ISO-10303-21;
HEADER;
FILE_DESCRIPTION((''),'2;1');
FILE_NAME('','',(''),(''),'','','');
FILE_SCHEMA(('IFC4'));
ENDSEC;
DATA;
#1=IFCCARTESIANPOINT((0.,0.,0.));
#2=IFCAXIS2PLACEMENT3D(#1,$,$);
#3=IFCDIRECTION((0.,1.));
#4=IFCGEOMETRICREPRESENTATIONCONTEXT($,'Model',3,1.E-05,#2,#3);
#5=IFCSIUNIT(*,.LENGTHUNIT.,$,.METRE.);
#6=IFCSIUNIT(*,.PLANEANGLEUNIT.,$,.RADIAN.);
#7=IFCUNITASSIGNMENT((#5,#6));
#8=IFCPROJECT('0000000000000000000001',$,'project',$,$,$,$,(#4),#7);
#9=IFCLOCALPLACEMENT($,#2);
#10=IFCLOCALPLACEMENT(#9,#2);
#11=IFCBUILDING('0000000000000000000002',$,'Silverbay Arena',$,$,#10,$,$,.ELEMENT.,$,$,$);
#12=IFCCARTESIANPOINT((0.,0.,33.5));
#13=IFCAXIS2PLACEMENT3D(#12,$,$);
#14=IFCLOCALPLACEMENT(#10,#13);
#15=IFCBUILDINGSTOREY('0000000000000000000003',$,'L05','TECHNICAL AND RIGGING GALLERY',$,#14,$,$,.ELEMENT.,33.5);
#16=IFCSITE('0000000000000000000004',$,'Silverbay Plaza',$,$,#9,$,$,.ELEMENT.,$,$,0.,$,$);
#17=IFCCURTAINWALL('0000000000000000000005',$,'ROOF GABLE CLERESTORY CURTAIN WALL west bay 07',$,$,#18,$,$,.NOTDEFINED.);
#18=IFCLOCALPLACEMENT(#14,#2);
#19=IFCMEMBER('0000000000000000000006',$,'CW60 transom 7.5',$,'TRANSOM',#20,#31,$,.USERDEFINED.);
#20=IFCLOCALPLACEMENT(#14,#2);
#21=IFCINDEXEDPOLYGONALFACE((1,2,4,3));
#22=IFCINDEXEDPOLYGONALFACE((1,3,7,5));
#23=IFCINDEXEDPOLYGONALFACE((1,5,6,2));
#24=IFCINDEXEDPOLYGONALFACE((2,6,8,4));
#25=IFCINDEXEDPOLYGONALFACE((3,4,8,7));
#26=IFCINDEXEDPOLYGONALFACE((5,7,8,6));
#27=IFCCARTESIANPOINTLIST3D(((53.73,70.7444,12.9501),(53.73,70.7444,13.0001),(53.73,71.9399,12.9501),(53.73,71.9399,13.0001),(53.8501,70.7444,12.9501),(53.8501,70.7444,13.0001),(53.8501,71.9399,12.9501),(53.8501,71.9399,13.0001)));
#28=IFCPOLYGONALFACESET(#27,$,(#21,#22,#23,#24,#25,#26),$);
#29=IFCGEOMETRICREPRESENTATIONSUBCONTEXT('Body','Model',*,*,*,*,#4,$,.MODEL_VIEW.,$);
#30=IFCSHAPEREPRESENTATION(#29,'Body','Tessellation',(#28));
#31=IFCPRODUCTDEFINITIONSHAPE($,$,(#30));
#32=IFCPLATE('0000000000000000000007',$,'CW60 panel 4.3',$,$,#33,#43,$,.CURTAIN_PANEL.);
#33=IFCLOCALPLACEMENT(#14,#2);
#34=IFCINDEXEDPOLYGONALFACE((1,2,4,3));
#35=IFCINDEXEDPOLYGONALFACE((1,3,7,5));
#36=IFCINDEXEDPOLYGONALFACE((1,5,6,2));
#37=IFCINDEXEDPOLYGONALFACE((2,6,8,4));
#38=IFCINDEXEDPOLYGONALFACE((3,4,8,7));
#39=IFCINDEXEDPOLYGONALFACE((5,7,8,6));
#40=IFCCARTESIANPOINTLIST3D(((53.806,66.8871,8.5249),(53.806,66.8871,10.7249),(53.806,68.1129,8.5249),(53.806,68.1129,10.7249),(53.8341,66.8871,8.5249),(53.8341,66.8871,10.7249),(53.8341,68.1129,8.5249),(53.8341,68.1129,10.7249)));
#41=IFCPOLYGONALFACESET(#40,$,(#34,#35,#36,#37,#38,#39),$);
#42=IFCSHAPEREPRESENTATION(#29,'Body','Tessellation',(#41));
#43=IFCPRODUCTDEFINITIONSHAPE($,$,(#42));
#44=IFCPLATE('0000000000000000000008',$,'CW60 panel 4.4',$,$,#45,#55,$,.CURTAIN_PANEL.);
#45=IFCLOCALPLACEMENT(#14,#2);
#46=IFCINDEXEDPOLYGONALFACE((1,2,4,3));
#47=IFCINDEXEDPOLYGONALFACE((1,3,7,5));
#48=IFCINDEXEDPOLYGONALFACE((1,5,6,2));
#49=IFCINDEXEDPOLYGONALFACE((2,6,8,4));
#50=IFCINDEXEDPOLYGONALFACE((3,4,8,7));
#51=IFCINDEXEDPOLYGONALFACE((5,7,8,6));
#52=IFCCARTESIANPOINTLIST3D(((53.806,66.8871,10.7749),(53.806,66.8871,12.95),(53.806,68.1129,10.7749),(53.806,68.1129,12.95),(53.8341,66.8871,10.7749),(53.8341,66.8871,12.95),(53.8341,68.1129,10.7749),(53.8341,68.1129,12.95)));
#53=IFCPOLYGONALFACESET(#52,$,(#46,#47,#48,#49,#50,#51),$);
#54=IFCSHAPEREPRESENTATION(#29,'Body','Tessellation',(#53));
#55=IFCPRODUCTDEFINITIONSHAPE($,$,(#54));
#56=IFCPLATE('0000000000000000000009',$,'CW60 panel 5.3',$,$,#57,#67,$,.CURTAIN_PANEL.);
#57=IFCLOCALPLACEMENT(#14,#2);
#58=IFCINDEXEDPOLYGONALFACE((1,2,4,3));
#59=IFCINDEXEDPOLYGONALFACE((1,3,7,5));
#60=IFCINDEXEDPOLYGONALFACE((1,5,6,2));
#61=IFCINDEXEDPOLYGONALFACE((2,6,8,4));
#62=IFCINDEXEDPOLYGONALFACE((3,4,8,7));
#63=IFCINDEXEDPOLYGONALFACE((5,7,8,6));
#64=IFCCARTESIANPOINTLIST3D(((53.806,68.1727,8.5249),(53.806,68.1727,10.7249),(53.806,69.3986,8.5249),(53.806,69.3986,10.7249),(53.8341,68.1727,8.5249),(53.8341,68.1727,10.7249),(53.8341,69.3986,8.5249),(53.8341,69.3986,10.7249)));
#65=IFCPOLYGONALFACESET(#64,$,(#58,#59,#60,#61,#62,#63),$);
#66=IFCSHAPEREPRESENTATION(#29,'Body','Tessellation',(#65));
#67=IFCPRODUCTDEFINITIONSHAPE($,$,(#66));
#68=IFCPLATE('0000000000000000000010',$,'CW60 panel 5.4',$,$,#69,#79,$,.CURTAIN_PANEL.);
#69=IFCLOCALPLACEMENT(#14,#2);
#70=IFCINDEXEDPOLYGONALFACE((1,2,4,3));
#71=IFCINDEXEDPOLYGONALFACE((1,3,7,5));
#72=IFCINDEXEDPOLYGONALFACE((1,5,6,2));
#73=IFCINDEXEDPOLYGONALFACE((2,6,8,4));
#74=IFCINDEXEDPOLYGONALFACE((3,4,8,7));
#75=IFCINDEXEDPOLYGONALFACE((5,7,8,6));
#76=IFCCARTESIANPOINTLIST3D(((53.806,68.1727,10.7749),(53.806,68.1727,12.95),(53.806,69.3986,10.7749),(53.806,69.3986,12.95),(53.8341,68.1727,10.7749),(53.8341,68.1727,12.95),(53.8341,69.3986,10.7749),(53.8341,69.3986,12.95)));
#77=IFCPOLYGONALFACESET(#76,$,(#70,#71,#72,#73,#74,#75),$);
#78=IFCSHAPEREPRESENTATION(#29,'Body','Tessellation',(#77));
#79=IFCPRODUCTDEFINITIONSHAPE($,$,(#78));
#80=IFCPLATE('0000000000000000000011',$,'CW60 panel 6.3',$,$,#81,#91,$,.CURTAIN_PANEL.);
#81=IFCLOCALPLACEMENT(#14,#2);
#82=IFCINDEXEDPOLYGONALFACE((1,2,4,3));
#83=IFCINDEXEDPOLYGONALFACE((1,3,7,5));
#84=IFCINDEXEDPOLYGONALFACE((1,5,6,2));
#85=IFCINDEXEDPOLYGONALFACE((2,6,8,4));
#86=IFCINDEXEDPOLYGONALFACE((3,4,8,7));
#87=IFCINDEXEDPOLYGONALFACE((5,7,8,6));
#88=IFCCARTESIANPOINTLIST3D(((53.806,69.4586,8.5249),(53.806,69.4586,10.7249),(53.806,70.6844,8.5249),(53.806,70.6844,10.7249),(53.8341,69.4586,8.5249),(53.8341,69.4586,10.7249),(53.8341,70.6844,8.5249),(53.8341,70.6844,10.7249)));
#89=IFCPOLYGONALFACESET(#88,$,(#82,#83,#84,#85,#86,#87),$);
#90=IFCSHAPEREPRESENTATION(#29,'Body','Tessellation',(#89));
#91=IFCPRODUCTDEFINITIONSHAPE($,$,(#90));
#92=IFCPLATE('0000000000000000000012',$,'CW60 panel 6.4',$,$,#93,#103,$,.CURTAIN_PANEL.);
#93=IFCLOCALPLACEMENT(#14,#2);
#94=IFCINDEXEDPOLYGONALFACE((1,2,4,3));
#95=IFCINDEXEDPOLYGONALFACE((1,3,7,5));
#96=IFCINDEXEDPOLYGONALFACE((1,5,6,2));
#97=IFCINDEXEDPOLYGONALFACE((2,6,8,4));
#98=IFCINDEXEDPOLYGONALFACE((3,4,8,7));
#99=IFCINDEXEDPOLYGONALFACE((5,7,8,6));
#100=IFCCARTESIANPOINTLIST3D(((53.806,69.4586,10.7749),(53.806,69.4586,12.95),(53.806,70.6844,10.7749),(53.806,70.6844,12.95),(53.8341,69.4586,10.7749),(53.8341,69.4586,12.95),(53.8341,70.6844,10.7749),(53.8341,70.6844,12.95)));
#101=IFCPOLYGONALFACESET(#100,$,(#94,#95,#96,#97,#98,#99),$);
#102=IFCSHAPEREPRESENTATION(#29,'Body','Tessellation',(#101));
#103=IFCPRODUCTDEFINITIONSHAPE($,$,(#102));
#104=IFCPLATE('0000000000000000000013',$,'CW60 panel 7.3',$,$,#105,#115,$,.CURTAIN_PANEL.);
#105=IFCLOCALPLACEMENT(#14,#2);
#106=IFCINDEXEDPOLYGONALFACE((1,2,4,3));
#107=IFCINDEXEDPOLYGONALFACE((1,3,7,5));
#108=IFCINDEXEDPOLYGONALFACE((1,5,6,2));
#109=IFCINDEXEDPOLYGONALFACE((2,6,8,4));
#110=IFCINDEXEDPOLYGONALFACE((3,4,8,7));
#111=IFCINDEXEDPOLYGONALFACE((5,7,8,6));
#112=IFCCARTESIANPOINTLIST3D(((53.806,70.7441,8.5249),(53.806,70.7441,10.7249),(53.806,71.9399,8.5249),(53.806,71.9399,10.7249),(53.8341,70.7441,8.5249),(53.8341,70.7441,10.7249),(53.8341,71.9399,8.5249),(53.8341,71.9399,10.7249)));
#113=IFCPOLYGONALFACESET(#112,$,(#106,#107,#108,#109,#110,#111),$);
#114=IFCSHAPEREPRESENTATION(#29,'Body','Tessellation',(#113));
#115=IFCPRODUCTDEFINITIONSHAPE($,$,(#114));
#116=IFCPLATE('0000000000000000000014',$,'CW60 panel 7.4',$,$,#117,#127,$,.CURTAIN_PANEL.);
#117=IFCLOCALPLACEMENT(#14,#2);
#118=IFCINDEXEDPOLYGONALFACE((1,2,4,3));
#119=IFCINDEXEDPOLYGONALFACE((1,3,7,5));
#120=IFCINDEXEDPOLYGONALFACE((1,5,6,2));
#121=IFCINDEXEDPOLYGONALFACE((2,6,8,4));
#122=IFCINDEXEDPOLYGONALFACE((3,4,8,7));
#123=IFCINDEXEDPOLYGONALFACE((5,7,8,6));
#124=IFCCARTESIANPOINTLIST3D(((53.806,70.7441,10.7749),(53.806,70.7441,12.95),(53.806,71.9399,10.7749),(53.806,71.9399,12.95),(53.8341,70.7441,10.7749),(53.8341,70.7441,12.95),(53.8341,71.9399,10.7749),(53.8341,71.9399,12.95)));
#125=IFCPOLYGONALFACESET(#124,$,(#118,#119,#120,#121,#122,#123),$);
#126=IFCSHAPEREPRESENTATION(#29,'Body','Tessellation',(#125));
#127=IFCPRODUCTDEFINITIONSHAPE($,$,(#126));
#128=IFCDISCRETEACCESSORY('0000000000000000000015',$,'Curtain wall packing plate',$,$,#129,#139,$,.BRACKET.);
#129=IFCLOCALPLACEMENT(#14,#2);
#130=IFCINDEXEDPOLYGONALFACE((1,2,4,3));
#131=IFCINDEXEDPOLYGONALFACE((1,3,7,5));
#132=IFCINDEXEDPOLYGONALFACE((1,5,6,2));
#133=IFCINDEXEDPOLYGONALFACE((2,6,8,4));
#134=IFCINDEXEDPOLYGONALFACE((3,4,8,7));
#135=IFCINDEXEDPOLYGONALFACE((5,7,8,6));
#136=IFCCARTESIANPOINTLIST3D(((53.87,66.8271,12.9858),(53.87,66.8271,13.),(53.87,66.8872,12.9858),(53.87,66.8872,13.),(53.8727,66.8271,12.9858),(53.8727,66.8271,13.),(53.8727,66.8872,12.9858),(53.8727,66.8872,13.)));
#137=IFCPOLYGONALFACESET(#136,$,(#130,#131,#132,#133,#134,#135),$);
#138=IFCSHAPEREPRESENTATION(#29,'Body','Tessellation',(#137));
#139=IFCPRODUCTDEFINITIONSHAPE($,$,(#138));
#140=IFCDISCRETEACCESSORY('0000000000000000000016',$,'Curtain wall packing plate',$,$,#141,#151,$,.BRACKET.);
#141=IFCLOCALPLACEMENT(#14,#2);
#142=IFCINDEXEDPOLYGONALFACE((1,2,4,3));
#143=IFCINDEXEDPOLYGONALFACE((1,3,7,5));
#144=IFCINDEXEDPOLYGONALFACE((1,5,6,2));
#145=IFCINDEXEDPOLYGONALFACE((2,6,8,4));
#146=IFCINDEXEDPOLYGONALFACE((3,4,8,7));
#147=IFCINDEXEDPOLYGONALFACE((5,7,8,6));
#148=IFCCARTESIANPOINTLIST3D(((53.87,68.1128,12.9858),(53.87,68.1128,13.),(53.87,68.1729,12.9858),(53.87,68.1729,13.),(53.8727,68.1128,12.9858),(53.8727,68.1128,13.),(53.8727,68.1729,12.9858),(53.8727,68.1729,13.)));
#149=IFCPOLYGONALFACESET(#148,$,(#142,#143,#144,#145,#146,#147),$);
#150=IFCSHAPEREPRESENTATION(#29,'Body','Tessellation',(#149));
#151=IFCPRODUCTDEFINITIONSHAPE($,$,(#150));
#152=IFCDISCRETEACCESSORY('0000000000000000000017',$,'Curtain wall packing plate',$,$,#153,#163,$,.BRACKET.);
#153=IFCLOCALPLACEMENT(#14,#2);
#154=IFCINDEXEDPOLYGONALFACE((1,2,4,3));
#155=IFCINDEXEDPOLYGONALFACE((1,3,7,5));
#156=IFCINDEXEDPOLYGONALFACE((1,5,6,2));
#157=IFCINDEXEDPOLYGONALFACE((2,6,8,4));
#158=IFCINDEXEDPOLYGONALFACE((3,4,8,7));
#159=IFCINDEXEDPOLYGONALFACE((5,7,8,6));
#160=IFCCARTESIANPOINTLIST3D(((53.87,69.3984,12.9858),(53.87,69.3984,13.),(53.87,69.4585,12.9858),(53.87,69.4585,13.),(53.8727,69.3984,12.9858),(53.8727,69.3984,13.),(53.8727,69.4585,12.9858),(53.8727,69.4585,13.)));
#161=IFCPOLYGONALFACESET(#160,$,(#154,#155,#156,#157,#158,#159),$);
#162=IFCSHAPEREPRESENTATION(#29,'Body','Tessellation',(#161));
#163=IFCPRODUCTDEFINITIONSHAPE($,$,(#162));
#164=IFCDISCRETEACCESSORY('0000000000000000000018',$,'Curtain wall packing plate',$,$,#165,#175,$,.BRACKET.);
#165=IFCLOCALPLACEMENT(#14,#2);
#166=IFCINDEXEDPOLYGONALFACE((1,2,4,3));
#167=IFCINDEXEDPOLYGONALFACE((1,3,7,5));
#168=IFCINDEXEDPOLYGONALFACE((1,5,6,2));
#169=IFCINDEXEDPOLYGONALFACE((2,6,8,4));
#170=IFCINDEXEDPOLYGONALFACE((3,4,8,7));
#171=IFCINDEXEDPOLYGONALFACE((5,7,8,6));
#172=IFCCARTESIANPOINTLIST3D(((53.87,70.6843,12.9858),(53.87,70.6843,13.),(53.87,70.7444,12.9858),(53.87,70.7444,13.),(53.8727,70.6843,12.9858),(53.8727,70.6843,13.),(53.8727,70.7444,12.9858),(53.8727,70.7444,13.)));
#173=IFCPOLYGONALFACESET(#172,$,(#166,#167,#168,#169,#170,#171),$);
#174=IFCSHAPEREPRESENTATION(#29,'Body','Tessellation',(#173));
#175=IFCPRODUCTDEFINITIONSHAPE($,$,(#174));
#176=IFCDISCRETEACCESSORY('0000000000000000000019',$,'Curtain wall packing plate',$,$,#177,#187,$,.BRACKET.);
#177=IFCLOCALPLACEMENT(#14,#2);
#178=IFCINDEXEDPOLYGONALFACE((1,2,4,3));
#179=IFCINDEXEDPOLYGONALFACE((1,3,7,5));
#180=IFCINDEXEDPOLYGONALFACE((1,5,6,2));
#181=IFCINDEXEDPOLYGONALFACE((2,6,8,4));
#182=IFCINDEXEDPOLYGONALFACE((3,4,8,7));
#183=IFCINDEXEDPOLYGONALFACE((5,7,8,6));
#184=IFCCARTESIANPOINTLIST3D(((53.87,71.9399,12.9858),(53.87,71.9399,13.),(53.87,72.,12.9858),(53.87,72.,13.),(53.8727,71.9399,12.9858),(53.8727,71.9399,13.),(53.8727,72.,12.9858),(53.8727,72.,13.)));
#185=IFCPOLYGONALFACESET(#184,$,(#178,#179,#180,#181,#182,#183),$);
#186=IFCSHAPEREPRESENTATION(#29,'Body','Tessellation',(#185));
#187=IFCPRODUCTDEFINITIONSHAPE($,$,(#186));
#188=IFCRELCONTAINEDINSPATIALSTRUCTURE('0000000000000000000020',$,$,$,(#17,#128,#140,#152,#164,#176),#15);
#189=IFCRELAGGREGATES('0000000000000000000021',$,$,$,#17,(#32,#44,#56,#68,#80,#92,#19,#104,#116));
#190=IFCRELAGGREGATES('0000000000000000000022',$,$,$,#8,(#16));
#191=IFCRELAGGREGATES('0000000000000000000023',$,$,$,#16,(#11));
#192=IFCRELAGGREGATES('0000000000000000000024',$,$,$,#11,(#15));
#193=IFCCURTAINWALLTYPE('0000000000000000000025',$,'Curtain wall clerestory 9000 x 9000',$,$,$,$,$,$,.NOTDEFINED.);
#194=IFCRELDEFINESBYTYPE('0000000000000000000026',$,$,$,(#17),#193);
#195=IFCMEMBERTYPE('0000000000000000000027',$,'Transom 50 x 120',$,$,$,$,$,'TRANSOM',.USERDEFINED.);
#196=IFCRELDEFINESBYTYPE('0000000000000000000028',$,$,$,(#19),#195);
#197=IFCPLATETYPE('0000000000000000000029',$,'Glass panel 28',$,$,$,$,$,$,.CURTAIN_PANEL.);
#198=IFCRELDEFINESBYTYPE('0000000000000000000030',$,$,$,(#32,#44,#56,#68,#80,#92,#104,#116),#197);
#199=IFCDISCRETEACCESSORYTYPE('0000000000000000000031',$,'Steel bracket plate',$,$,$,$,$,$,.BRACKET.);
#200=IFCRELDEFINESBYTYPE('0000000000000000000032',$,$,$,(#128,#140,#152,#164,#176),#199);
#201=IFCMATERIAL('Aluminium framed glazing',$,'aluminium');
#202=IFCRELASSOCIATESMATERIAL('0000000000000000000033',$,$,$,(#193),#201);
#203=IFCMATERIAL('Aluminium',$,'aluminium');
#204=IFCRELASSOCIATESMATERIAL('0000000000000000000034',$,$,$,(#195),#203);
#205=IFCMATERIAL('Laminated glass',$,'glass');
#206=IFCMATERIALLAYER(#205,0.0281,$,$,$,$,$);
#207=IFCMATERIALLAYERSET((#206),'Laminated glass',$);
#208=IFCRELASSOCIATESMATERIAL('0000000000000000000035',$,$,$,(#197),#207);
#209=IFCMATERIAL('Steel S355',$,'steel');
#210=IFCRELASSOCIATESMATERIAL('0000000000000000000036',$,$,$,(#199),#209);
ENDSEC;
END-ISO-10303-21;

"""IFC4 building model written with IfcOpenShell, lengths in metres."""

from ifc_helpers import new_model, si_unit, direction, frame, origin, origin_2d, place, context, subcontext, project, spatial, rectangle, extrude, material, layer, layer_set, material_profile, profile_set, type_object, element, aggregate, save


model = new_model("IFC4")

# Units and contexts
model_context = context("Model", 3, precision=1e-05, world=origin(), true_north=direction((0.0, 1.0)))
body_context = subcontext(model_context, "Body", "Model", "MODEL_VIEW")
ifc_project = project(units=[si_unit("LENGTHUNIT", "METRE"), si_unit("PLANEANGLEUNIT", "RADIAN")], contexts=[model_context])

# Site, building, storey
site_placement = place(None, origin())
site = spatial("IfcSite", under=ifc_project, at=site_placement, Name="Silverbay Plaza", CompositionType="ELEMENT", RefElevation=0.0)
building_placement = place(site_placement, origin())
building = spatial("IfcBuilding", under=site, at=building_placement, Name="Silverbay Arena", CompositionType="ELEMENT")
storey_placement = place(building_placement, frame((0.0, 0.0, 33.5)))
storey = spatial("IfcBuildingStorey", under=building, at=storey_placement, Name="L05", Description="TECHNICAL AND RIGGING GALLERY", CompositionType="ELEMENT", Elevation=33.5)

# Curtain wall, member, plates
ifc_material_1 = material(Name="Aluminium framed glazing", Category="aluminium")
curtain_wall_type = type_object("IfcCurtainWallType", Name="Curtain wall clerestory 9000 x 9000", PredefinedType="NOTDEFINED", material=ifc_material_1)
curtain_wall_placement = place(storey_placement, origin())
curtain_wall = element("IfcCurtainWall", 1, at=curtain_wall_placement, inside=storey, type_object=curtain_wall_type, Name="ROOF GABLE CLERESTORY CURTAIN WALL west bay 07", PredefinedType="NOTDEFINED")
ifc_material_2 = material(Name="Aluminium", Category="aluminium")
ifc_material_profile_1 = material_profile(ifc_material_2, rectangle(XDim=0.1201, YDim=0.05, at=origin_2d()), Name="Transom 50 x 120")
ifc_profile_set_1 = profile_set([ifc_material_profile_1], Name="Aluminium")
member_type_1 = type_object("IfcMemberType", Name="Transom 50 x 120", ElementType="TRANSOM", PredefinedType="USERDEFINED", material=ifc_profile_set_1)
member_1_placement = place(storey_placement, frame((53.79, 70.7444, 12.9751), z_axis=(0.0, 1.0, 0.0), x_axis=(-1.0, 0.0, 0.0)))
member_1 = element("IfcMember", 2, at=member_1_placement, type_object=member_type_1, Name="CW60 transom 7.5", ObjectType="TRANSOM", PredefinedType="USERDEFINED", context=body_context, shape_type="SweptSolid", body=[
    extrude(rectangle(XDim=0.1201, YDim=0.05, at=origin_2d()), origin(), (0.0, 0.0, 1.0), 1.1956),
])
ifc_material_3 = material(Name="Laminated glass", Category="glass")
ifc_layer = layer(ifc_material_3, 0.0281)
ifc_layer_set = layer_set([ifc_layer], Name="Laminated glass")
plate_type = type_object("IfcPlateType", Name="Glass panel 28", PredefinedType="CURTAIN_PANEL", material=ifc_layer_set)
plate_1_placement = place(storey_placement, frame((53.8201, 67.5, 8.5249), z_axis=(0.0, 0.0, 1.0), x_axis=(0.0, 1.0, 0.0)))
plate_1 = element("IfcPlate", 3, at=plate_1_placement, type_object=plate_type, Name="CW60 panel 4.3", PredefinedType="CURTAIN_PANEL", context=body_context, shape_type="SweptSolid", body=[
    extrude(rectangle(XDim=1.2258, YDim=0.0281, at=origin_2d()), origin(), (0.0, 0.0, 1.0), 2.2),
])
plate_2_placement = place(storey_placement, frame((53.8201, 67.5, 10.7749), z_axis=(0.0, 0.0, 1.0), x_axis=(0.0, 1.0, 0.0)))
plate_2 = element("IfcPlate", 4, at=plate_2_placement, type_object=plate_type, Name="CW60 panel 4.4", PredefinedType="CURTAIN_PANEL", context=body_context, shape_type="SweptSolid", body=[
    extrude(rectangle(XDim=1.2258, YDim=0.0281, at=origin_2d()), origin(), (0.0, 0.0, 1.0), 2.175),
])
plate_3_placement = place(storey_placement, frame((53.8201, 68.7856, 8.5249), z_axis=(0.0, 0.0, 1.0), x_axis=(0.0, 1.0, 0.0)))
plate_3 = element("IfcPlate", 5, at=plate_3_placement, type_object=plate_type, Name="CW60 panel 5.3", PredefinedType="CURTAIN_PANEL", context=body_context, shape_type="SweptSolid", body=[
    extrude(rectangle(XDim=1.2258, YDim=0.0281, at=origin_2d()), origin(), (0.0, 0.0, 1.0), 2.2),
])
plate_4_placement = place(storey_placement, frame((53.8201, 68.7856, 10.7749), z_axis=(0.0, 0.0, 1.0), x_axis=(0.0, 1.0, 0.0)))
plate_4 = element("IfcPlate", 6, at=plate_4_placement, type_object=plate_type, Name="CW60 panel 5.4", PredefinedType="CURTAIN_PANEL", context=body_context, shape_type="SweptSolid", body=[
    extrude(rectangle(XDim=1.2258, YDim=0.0281, at=origin_2d()), origin(), (0.0, 0.0, 1.0), 2.175),
])
plate_5_placement = place(storey_placement, frame((53.8201, 70.0715, 8.5249), z_axis=(0.0, 0.0, 1.0), x_axis=(0.0, 1.0, 0.0)))
plate_5 = element("IfcPlate", 7, at=plate_5_placement, type_object=plate_type, Name="CW60 panel 6.3", PredefinedType="CURTAIN_PANEL", context=body_context, shape_type="SweptSolid", body=[
    extrude(rectangle(XDim=1.2258, YDim=0.0281, at=origin_2d()), origin(), (0.0, 0.0, 1.0), 2.2),
])
plate_6_placement = place(storey_placement, frame((53.8201, 70.0715, 10.7749), z_axis=(0.0, 0.0, 1.0), x_axis=(0.0, 1.0, 0.0)))
plate_6 = element("IfcPlate", 8, at=plate_6_placement, type_object=plate_type, Name="CW60 panel 6.4", PredefinedType="CURTAIN_PANEL", context=body_context, shape_type="SweptSolid", body=[
    extrude(rectangle(XDim=1.2258, YDim=0.0281, at=origin_2d()), origin(), (0.0, 0.0, 1.0), 2.175),
])
plate_7_placement = place(storey_placement, frame((53.8201, 71.342, 8.5249), z_axis=(0.0, 0.0, 1.0), x_axis=(0.0, 1.0, 0.0)))
plate_7 = element("IfcPlate", 9, at=plate_7_placement, type_object=plate_type, Name="CW60 panel 7.3", PredefinedType="CURTAIN_PANEL", context=body_context, shape_type="SweptSolid", body=[
    extrude(rectangle(XDim=1.1958, YDim=0.0281, at=origin_2d()), origin(), (0.0, 0.0, 1.0), 2.2),
])
plate_8_placement = place(storey_placement, frame((53.8201, 71.342, 10.7749), z_axis=(0.0, 0.0, 1.0), x_axis=(0.0, 1.0, 0.0)))
plate_8 = element("IfcPlate", 10, at=plate_8_placement, type_object=plate_type, Name="CW60 panel 7.4", PredefinedType="CURTAIN_PANEL", context=body_context, shape_type="SweptSolid", body=[
    extrude(rectangle(XDim=1.1958, YDim=0.0281, at=origin_2d()), origin(), (0.0, 0.0, 1.0), 2.175),
])
aggregate(curtain_wall, [plate_1, plate_2, plate_3, plate_4, plate_5, plate_6, member_1, plate_7, plate_8])

# Discrete accessories
ifc_material_4 = material(Name="Steel S355", Category="steel")
discrete_accessory_type = type_object("IfcDiscreteAccessoryType", Name="Steel bracket plate", PredefinedType="BRACKET", material=ifc_material_4)
for number, where, z_axis, x_axis, name in (
    (11, (53.8713, 66.8572, 12.9858), (0.0, 0.0, 1.0), (1.0, 0.0, 0.0), "Curtain wall packing plate"),
    (12, (53.8713, 68.1428, 12.9858), (0.0, 0.0, 1.0), (1.0, 0.0, 0.0), "Curtain wall packing plate"),
    (13, (53.8713, 69.4285, 12.9858), (0.0, 0.0, 1.0), (1.0, 0.0, 0.0), "Curtain wall packing plate"),
    (14, (53.8713, 70.7144, 12.9858), (0.0, 0.0, 1.0), (1.0, 0.0, 0.0), "Curtain wall packing plate"),
    (15, (53.8713, 71.97, 12.9858), (0.0, 0.0, 1.0), (1.0, 0.0, 0.0), "Curtain wall packing plate"),
):
    element("IfcDiscreteAccessory", number, at=place(storey_placement, frame(where, z_axis=z_axis, x_axis=x_axis)), inside=storey, type_object=discrete_accessory_type, Name=name, PredefinedType="BRACKET", context=body_context, shape_type="SweptSolid", body=[
        extrude(rectangle(XDim=0.0027, YDim=0.0601, at=origin_2d()), origin(), (0.0, 0.0, 1.0), 0.0142),
    ])

save(model, "model.ifc")
